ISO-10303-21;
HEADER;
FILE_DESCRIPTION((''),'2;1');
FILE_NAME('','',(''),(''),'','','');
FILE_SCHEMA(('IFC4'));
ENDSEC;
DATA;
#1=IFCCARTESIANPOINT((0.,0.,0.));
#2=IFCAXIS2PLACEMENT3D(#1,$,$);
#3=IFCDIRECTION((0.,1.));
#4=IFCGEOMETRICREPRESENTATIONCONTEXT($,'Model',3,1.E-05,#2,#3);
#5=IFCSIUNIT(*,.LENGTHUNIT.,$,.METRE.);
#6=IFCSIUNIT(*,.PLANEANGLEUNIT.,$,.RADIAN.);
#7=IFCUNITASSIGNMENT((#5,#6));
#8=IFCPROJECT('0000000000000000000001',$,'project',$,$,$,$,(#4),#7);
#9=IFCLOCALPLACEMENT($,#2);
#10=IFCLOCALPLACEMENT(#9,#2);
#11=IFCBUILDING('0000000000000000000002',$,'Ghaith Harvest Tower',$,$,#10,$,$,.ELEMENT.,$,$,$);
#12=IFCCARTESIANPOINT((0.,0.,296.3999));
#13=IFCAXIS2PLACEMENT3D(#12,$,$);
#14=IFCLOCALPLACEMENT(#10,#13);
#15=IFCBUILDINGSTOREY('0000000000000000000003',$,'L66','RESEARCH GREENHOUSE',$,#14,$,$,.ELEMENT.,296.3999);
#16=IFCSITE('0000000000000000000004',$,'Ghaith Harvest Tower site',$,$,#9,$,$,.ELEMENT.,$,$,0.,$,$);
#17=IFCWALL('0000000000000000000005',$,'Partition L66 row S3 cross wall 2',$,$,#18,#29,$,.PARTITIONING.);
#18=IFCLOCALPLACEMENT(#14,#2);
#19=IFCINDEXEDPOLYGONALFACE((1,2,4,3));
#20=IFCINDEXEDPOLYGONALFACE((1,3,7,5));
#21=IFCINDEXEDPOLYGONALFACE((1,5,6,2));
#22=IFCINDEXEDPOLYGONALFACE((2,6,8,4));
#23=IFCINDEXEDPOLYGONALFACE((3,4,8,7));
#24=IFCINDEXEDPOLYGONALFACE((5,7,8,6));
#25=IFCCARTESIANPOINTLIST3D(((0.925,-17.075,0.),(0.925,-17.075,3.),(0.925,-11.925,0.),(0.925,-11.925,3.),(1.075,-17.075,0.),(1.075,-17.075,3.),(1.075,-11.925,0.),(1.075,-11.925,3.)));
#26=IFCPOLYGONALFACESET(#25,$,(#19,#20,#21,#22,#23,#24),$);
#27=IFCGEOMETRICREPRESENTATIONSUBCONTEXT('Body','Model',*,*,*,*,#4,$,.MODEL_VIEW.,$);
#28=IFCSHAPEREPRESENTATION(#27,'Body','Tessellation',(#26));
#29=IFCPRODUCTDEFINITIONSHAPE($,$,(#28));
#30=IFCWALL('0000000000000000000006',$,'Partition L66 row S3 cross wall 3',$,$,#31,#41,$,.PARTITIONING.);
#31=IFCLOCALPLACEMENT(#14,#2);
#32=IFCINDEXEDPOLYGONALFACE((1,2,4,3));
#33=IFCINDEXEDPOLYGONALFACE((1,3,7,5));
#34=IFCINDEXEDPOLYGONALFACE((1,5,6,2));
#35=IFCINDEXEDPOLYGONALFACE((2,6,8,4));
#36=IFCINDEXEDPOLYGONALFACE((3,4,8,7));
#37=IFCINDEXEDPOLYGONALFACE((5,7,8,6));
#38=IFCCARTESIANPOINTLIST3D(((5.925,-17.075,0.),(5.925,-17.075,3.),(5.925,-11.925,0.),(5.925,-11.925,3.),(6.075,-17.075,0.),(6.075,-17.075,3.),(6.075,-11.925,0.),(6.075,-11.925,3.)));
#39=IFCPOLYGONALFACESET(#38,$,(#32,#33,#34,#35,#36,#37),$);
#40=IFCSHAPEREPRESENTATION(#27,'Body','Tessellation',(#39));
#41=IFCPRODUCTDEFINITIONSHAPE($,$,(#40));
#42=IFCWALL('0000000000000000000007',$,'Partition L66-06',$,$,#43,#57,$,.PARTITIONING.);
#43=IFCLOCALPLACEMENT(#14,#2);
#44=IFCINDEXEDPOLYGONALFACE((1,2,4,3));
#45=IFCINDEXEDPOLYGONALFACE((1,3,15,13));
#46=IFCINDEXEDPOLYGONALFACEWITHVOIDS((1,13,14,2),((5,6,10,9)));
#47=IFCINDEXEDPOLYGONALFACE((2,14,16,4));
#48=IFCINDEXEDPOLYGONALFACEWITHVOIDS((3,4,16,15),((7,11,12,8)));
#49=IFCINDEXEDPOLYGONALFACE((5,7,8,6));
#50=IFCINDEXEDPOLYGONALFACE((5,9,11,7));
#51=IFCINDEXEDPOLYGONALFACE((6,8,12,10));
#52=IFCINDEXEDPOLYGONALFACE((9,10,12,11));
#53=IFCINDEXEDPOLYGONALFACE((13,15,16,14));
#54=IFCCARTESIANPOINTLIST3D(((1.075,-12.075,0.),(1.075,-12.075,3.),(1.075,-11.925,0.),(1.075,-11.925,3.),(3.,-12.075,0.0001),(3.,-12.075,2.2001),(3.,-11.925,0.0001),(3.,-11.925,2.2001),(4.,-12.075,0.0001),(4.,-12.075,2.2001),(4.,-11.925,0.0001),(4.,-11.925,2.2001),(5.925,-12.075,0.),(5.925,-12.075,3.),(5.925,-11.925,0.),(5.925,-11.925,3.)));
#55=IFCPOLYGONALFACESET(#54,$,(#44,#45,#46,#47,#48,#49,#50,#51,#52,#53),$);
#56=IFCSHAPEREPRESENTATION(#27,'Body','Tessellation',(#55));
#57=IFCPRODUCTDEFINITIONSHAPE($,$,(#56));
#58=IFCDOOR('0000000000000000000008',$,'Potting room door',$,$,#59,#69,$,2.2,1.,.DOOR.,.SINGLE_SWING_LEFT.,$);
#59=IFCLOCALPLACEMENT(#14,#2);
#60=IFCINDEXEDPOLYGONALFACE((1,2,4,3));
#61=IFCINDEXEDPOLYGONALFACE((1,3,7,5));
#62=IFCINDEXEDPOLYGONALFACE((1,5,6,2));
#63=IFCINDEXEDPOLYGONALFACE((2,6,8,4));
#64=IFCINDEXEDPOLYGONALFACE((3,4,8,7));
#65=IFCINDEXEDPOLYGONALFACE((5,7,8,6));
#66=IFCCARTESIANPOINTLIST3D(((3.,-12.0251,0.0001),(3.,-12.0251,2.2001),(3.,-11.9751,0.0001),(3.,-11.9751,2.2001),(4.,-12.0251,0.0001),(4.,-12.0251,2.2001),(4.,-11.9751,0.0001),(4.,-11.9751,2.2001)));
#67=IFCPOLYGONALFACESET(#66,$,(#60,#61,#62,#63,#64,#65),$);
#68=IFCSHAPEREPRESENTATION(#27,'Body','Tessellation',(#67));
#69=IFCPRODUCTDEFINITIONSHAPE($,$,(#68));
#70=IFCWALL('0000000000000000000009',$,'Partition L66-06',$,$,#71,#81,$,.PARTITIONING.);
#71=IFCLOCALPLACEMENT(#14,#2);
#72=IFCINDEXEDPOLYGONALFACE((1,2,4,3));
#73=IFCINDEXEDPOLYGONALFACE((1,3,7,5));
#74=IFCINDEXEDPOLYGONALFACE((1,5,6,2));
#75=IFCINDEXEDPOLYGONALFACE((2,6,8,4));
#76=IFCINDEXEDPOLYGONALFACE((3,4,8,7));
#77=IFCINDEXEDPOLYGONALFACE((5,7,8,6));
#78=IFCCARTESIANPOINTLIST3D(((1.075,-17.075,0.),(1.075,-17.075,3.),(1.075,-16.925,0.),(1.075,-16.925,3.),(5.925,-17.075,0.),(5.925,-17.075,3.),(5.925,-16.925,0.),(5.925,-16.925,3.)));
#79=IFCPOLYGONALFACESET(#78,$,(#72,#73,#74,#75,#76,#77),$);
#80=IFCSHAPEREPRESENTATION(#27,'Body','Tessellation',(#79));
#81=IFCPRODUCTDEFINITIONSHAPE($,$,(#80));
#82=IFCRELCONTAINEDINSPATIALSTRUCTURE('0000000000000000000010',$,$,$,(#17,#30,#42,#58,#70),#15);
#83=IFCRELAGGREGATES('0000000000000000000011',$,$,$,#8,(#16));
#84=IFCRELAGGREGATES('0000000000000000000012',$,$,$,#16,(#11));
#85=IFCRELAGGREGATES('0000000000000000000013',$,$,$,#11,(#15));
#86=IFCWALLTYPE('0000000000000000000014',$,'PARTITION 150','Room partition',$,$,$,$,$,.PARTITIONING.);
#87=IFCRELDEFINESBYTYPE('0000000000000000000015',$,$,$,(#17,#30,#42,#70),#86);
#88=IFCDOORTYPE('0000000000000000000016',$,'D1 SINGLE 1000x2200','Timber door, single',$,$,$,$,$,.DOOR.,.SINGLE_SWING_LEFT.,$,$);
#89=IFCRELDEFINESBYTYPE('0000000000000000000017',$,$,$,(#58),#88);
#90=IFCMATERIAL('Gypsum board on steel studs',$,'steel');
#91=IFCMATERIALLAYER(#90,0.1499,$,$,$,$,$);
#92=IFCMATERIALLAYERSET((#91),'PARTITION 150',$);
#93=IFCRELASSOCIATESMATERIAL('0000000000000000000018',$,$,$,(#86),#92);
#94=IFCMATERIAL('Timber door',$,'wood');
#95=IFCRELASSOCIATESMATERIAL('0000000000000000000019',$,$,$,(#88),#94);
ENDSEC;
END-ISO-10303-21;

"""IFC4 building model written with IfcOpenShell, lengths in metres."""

from ifc_helpers import new_model, si_unit, direction, frame, frame_2d, origin, place, context, subcontext, project, spatial, rectangle, extrude, material, layer, layer_set, type_object, element, fill, save


model = new_model("IFC4")

# Units and contexts
model_context = context("Model", 3, precision=1e-05, world=origin(), true_north=direction((0.0, 1.0)))
body_context = subcontext(model_context, "Body", "Model", "MODEL_VIEW")
ifc_project = project(units=[si_unit("LENGTHUNIT", "METRE"), si_unit("PLANEANGLEUNIT", "RADIAN")], contexts=[model_context])

# Site, building, storey
site_placement = place(None, origin())
site = spatial("IfcSite", under=ifc_project, at=site_placement, Name="Ghaith Harvest Tower site", CompositionType="ELEMENT", RefElevation=0.0)
building_placement = place(site_placement, origin())
building = spatial("IfcBuilding", under=site, at=building_placement, Name="Ghaith Harvest Tower", CompositionType="ELEMENT")
storey_placement = place(building_placement, frame((0.0, 0.0, 296.3999)))
storey = spatial("IfcBuildingStorey", under=building, at=storey_placement, Name="L66", Description="RESEARCH GREENHOUSE", CompositionType="ELEMENT", Elevation=296.3999)

# Walls
ifc_material_1 = material(Name="Gypsum board on steel studs", Category="steel")
ifc_layer_1 = layer(ifc_material_1, 0.1499)
ifc_layer_set_1 = layer_set([ifc_layer_1], Name="PARTITION 150")
wall_type_1 = type_object("IfcWallType", Name="PARTITION 150", Description="Room partition", PredefinedType="PARTITIONING", material=ifc_layer_set_1)
for number, where, z_axis, x_axis, name in (
    (1, (1.0, -11.925, 0.0), (0.0, 0.0, 1.0), (0.0, -1.0, 0.0), "Partition L66 row S3 cross wall 2"),
    (2, (6.0, -11.925, 0.0), (0.0, 0.0, 1.0), (0.0, -1.0, 0.0), "Partition L66 row S3 cross wall 3"),
):
    element("IfcWall", number, at=place(storey_placement, frame(where, z_axis=z_axis, x_axis=x_axis)), inside=storey, type_object=wall_type_1, Name=name, PredefinedType="PARTITIONING", context=body_context, shape_type="SweptSolid", body=[
        extrude(rectangle(XDim=5.1499, YDim=0.1499, at=frame_2d((2.575, 0.0))), origin(), (0.0, 0.0, 1.0), 3.0),
    ])

# Wall, opening, door
wall_1_placement = place(storey_placement, frame((1.075, -12.0, 0.0), z_axis=(0.0, 0.0, 1.0), x_axis=(1.0, 0.0, 0.0)))
wall_1 = element("IfcWall", 3, at=wall_1_placement, inside=storey, type_object=wall_type_1, Name="Partition L66-06", PredefinedType="PARTITIONING", context=body_context, shape_type="SweptSolid", body=[
    extrude(rectangle(XDim=4.8501, YDim=0.1499, at=frame_2d((2.425, 0.0))), origin(), (0.0, 0.0, 1.0), 3.0),
])
opening_1_placement = place(wall_1_placement, frame((1.925, 0.0, 0.0)))
opening_1 = element("IfcOpeningElement", 4, at=opening_1_placement, cuts=wall_1, PredefinedType="OPENING", context=body_context, shape_type="SweptSolid", body=[
    extrude(rectangle(XDim=1.0, YDim=2.2, at=frame_2d((0.5, 1.1001))), frame((0.0, 0.085, 0.0), z_axis=(0.0, -1.0, 0.0), x_axis=(1.0, 0.0, 0.0)), (0.0, 0.0, 1.0), 0.1699),
])
ifc_material_2 = material(Name="Timber door", Category="wood")
door_type_1 = type_object("IfcDoorType", Name="D1 SINGLE 1000x2200", Description="Timber door, single", OperationType="SINGLE_SWING_LEFT", PredefinedType="DOOR", material=ifc_material_2)
door_1_placement = place(opening_1_placement, origin())
door_1 = element("IfcDoor", 5, at=door_1_placement, inside=storey, type_object=door_type_1, Name="Potting room door", OperationType="SINGLE_SWING_LEFT", OverallHeight=2.2, OverallWidth=1.0, PredefinedType="DOOR", context=body_context, shape_type="SweptSolid", body=[
    extrude(rectangle(XDim=1.0, YDim=2.2, at=frame_2d((0.5, 1.1001))), frame((0.0, 0.0249, 0.0), z_axis=(0.0, -1.0, 0.0), x_axis=(1.0, 0.0, 0.0)), (0.0, 0.0, 1.0), 0.05),
])
fill(opening_1, door_1)

# Wall
wall_2_placement = place(storey_placement, frame((1.075, -17.0, 0.0), z_axis=(0.0, 0.0, 1.0), x_axis=(1.0, 0.0, 0.0)))
element("IfcWall", 6, at=wall_2_placement, inside=storey, type_object=wall_type_1, Name="Partition L66-06", PredefinedType="PARTITIONING", context=body_context, shape_type="SweptSolid", body=[
    extrude(rectangle(XDim=4.8501, YDim=0.1499, at=frame_2d((2.425, 0.0))), origin(), (0.0, 0.0, 1.0), 3.0),
])

save(model, "model.ifc")
